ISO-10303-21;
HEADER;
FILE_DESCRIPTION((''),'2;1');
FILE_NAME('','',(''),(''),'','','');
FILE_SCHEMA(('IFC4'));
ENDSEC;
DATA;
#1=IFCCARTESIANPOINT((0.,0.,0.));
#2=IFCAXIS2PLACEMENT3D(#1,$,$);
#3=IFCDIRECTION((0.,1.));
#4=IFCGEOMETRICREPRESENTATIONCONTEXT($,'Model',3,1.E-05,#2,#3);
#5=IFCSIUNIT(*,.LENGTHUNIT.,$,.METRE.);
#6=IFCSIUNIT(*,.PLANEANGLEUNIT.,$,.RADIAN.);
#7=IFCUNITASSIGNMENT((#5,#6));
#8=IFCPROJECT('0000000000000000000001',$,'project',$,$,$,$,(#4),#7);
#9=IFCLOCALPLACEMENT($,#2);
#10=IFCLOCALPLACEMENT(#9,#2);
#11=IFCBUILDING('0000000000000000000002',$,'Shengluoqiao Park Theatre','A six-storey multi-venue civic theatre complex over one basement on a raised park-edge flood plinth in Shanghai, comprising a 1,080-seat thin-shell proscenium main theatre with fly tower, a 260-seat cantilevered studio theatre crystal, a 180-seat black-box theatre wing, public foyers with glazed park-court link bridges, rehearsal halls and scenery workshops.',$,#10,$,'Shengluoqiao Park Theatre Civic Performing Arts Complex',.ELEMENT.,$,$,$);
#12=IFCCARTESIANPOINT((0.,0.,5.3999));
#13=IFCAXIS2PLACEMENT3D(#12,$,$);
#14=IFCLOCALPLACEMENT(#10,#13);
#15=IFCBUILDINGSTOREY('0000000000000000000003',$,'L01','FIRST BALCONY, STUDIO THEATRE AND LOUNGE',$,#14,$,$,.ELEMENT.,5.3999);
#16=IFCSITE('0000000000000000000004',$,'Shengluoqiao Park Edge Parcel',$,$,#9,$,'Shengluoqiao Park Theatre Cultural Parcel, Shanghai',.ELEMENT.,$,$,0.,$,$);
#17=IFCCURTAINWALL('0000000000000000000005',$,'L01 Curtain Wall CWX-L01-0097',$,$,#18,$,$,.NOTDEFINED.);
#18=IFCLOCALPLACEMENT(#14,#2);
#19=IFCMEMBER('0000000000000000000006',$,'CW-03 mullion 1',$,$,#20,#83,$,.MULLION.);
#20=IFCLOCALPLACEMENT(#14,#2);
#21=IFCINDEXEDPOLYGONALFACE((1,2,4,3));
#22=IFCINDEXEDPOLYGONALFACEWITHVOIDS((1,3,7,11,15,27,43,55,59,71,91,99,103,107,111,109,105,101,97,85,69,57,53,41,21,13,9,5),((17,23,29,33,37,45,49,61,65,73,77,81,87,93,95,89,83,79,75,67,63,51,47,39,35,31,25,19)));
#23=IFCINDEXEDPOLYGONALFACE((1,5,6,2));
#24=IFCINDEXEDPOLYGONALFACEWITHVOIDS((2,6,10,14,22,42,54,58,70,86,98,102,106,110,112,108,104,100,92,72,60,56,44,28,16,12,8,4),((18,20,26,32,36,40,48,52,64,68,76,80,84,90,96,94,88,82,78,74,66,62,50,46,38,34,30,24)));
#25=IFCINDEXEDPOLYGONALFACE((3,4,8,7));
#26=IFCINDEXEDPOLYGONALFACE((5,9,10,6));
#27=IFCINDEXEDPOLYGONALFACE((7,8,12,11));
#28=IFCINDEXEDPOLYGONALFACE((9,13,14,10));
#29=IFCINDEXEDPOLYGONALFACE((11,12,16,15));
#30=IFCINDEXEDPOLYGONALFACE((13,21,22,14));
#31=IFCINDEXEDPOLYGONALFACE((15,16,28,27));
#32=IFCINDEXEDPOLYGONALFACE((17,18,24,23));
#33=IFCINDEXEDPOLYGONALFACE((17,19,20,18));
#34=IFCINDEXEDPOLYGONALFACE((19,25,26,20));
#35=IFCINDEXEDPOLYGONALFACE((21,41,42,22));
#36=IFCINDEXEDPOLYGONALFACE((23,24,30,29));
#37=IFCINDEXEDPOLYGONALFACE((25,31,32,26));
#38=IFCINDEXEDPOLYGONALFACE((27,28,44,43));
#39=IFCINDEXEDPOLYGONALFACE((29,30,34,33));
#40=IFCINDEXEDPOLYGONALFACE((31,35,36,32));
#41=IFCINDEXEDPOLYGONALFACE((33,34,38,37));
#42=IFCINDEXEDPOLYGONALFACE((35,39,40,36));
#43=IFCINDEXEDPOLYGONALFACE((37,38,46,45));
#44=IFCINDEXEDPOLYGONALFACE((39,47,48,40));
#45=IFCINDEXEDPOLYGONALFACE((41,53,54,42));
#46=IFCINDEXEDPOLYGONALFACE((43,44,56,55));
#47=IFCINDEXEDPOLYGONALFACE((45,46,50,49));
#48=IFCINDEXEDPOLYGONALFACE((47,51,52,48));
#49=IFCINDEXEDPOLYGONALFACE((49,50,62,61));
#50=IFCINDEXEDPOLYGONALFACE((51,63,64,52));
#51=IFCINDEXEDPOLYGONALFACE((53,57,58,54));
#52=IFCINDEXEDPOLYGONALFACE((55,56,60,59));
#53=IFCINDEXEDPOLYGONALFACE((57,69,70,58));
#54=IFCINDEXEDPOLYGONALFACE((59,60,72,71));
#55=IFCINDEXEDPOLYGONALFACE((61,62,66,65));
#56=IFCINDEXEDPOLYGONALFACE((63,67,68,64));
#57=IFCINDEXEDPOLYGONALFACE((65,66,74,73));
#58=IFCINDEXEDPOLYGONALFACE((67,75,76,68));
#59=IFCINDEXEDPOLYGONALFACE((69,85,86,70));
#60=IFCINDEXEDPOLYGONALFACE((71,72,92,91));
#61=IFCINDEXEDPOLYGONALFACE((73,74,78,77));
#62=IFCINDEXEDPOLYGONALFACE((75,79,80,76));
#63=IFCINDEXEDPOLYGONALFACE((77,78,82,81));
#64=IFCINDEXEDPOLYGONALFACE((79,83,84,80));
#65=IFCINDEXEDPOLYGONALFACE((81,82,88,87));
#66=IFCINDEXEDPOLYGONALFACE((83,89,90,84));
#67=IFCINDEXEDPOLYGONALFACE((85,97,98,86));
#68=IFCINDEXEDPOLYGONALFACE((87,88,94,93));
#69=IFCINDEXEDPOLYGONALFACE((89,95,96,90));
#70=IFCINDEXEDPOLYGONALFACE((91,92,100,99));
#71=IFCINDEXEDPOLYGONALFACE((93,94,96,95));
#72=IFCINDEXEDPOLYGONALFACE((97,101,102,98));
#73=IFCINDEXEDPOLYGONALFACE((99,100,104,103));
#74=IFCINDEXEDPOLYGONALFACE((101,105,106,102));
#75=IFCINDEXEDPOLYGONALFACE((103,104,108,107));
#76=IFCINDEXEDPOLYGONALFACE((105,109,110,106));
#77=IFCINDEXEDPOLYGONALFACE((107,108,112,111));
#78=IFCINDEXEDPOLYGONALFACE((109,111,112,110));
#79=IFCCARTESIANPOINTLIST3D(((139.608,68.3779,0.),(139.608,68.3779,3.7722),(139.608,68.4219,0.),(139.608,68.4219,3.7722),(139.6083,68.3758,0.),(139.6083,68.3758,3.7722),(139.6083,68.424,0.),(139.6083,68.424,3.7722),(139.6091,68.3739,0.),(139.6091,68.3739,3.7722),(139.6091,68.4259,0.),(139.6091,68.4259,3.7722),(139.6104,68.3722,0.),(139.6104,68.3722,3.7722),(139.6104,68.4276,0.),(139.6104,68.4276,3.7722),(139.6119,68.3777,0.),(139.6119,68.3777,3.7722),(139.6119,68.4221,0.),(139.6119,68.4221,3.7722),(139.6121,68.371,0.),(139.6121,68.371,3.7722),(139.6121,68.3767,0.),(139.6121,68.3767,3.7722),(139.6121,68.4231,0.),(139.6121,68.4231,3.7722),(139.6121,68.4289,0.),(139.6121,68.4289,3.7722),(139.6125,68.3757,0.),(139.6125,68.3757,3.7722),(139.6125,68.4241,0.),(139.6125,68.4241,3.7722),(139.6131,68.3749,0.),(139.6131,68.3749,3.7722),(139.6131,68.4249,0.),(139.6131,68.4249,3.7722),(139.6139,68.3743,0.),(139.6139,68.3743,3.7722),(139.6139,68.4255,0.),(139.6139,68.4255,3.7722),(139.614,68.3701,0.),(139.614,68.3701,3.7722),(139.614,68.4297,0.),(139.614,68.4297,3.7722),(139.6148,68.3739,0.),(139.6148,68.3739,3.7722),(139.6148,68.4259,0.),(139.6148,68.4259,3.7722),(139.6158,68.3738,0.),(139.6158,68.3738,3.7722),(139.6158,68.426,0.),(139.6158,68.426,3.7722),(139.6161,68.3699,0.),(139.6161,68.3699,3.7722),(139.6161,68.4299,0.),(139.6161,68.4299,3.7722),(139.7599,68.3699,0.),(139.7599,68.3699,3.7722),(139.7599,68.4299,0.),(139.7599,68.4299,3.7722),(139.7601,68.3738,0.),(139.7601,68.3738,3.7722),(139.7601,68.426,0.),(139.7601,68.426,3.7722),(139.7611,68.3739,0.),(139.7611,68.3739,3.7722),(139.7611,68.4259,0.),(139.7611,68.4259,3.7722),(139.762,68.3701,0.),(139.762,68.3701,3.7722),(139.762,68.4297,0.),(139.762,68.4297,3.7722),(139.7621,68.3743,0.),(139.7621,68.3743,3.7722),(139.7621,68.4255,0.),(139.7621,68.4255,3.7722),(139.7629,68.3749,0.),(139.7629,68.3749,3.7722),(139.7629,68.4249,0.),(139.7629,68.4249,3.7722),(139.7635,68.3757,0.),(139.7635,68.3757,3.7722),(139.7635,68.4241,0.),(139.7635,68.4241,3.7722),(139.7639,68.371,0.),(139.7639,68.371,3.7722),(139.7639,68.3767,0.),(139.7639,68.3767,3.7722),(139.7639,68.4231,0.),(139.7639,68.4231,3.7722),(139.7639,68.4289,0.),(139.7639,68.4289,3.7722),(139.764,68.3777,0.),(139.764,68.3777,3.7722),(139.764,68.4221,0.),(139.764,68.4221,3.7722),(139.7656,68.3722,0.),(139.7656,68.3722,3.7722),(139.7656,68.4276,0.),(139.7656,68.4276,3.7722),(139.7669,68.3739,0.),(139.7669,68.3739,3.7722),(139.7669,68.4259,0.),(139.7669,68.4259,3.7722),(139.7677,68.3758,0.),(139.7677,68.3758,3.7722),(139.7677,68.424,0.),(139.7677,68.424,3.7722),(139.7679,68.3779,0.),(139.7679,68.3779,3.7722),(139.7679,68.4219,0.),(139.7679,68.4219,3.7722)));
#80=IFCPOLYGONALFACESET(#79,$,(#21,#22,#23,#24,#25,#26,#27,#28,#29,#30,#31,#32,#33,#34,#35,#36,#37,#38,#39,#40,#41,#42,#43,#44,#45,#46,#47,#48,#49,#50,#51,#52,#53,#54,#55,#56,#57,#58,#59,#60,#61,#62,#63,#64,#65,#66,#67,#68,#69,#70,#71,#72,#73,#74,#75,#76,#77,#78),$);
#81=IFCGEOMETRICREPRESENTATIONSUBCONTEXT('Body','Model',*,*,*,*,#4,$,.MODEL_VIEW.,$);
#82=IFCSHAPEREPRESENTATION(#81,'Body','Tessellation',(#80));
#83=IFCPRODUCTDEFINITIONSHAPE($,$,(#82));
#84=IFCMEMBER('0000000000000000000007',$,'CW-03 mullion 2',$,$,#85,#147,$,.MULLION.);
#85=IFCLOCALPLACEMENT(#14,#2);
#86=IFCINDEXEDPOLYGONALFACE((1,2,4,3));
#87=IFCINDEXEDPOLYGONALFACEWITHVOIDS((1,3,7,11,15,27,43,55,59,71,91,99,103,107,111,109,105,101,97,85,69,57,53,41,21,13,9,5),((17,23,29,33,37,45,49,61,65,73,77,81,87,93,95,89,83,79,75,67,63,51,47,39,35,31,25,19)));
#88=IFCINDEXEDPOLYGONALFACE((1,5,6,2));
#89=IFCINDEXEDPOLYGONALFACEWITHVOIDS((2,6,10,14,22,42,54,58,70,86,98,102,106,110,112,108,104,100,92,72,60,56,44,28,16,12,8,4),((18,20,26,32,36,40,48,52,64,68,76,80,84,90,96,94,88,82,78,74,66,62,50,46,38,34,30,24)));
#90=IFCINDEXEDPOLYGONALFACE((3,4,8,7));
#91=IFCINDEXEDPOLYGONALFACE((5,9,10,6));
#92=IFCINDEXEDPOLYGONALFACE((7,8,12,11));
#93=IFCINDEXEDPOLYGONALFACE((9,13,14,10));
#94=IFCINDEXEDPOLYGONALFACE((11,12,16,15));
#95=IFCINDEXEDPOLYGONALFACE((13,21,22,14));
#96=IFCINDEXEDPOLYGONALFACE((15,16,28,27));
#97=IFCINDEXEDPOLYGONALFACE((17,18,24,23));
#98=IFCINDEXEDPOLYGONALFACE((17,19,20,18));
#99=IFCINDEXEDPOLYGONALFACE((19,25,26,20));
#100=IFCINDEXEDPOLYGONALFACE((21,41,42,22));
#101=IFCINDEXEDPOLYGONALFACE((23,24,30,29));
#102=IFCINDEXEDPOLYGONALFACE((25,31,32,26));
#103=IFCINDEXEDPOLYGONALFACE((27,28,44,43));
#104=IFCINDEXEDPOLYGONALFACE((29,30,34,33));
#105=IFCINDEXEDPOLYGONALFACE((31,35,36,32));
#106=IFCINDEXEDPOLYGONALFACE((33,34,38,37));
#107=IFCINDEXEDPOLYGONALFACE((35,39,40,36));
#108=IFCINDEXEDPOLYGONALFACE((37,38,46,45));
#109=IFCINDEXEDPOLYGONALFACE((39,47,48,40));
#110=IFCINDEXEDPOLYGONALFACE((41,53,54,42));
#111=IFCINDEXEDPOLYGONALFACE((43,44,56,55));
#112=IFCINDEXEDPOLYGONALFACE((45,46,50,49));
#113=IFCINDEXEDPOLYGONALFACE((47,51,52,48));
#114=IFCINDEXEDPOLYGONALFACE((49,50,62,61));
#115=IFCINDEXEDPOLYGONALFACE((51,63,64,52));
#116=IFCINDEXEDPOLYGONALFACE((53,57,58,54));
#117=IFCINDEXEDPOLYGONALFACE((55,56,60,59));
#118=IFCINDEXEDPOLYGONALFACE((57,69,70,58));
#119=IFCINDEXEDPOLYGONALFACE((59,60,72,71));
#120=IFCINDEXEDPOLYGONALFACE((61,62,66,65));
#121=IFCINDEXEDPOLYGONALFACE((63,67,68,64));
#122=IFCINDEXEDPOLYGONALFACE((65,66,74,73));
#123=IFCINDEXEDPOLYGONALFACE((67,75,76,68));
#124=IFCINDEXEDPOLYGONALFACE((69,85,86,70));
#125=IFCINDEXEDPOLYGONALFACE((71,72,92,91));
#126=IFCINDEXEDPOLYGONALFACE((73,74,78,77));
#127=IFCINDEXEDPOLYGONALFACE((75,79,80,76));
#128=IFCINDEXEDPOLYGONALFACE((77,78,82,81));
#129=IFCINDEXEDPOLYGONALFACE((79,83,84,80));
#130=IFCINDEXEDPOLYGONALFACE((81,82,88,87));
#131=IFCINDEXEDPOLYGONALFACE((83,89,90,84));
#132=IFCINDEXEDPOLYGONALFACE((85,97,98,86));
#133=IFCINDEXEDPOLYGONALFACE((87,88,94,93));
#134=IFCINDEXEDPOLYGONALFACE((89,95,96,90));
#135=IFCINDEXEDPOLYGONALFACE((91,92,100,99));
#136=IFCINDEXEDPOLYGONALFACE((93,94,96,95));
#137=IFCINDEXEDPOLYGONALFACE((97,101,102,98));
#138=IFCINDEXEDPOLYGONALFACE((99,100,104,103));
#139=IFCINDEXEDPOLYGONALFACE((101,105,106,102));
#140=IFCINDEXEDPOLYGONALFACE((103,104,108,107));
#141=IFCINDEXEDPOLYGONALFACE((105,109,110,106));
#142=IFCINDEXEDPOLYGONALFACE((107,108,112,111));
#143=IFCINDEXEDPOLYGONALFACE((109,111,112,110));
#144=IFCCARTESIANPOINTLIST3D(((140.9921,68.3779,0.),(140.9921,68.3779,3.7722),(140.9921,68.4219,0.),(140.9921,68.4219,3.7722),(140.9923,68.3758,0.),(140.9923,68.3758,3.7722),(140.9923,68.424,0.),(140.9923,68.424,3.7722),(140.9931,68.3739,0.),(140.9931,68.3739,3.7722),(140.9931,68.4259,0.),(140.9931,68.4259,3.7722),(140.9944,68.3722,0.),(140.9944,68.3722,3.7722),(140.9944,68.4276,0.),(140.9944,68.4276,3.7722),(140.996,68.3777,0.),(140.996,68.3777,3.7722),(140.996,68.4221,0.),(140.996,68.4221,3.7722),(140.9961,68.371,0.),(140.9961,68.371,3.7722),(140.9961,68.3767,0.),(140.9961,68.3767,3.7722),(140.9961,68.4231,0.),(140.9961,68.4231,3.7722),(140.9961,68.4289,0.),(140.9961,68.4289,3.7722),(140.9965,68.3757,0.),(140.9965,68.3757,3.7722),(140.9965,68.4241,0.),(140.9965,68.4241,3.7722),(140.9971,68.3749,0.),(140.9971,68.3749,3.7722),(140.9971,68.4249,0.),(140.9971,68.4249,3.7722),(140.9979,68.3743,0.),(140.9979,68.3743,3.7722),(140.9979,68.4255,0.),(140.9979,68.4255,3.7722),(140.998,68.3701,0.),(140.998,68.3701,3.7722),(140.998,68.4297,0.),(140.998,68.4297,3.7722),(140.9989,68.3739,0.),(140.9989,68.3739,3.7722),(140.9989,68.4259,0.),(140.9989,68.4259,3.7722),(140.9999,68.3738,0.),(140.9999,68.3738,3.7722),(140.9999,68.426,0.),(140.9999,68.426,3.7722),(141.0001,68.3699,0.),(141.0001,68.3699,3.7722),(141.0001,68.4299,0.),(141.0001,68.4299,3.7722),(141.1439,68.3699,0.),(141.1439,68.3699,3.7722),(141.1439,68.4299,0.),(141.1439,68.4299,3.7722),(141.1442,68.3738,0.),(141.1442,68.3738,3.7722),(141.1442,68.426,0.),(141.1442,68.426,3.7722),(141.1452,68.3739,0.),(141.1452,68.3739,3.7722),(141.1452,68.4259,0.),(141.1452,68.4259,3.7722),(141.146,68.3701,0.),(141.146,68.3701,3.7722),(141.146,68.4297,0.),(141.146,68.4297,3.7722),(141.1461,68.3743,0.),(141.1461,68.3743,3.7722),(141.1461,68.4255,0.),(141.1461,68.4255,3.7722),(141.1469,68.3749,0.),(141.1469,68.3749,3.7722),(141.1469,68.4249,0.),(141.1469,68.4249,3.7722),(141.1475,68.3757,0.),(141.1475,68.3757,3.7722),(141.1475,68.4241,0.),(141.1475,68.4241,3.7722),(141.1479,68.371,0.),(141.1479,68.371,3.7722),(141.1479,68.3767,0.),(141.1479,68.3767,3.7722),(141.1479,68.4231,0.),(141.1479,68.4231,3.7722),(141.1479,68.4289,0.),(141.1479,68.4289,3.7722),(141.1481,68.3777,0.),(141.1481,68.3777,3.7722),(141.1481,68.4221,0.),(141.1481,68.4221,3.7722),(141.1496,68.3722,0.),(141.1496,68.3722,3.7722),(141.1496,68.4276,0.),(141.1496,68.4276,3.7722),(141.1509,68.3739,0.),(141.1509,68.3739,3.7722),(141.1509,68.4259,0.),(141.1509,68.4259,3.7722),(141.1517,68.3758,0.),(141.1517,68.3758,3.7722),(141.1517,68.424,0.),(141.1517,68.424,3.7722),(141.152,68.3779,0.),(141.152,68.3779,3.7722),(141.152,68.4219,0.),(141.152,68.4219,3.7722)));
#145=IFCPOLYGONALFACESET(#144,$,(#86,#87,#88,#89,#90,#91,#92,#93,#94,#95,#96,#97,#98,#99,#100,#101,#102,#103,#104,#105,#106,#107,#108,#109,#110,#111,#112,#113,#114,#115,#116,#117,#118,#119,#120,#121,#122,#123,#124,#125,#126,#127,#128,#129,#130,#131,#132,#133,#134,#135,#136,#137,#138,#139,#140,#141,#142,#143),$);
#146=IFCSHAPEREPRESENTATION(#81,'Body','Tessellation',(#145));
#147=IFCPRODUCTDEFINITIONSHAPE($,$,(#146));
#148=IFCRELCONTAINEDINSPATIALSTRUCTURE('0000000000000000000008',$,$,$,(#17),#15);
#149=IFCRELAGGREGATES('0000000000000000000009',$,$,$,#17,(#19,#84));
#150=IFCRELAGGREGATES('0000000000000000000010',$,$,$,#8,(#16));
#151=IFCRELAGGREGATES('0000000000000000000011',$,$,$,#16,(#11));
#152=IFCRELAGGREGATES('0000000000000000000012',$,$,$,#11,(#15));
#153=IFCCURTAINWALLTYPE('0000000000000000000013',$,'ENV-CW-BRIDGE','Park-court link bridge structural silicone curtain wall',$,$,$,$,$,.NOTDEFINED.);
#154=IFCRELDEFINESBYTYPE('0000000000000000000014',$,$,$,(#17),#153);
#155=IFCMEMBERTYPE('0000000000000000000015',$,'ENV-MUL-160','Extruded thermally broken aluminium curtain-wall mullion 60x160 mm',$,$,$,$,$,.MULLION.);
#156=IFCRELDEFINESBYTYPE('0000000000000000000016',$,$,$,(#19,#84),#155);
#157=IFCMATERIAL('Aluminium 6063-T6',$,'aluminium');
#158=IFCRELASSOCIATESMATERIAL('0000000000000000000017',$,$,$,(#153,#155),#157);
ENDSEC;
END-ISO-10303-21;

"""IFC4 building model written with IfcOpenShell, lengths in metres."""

from ifc_helpers import new_model, si_unit, direction, frame, origin, origin_2d, place, context, subcontext, project, spatial, hollow_rectangle, extrude, material, material_profile, profile_set, type_object, element, aggregate, save


model = new_model("IFC4")

# Units and contexts
model_context = context("Model", 3, precision=1e-05, world=origin(), true_north=direction((0.0, 1.0)))
body_context = subcontext(model_context, "Body", "Model", "MODEL_VIEW")
ifc_project = project(units=[si_unit("LENGTHUNIT", "METRE"), si_unit("PLANEANGLEUNIT", "RADIAN")], contexts=[model_context])

# Site, building, storey
site_placement = place(None, origin())
site = spatial("IfcSite", under=ifc_project, at=site_placement, Name="Shengluoqiao Park Edge Parcel", LongName="Shengluoqiao Park Theatre Cultural Parcel, Shanghai", CompositionType="ELEMENT", RefElevation=0.0)
building_placement = place(site_placement, origin())
building = spatial("IfcBuilding", under=site, at=building_placement, Name="Shengluoqiao Park Theatre", Description="A six-storey multi-venue civic theatre complex over one basement on a raised park-edge flood plinth in Shanghai, comprising a 1,080-seat thin-shell proscenium main theatre with fly tower, a 260-seat cantilevered studio theatre crystal, a 180-seat black-box theatre wing, public foyers with glazed park-court link bridges, rehearsal halls and scenery workshops.", LongName="Shengluoqiao Park Theatre Civic Performing Arts Complex", CompositionType="ELEMENT")
storey_placement = place(building_placement, frame((0.0, 0.0, 5.3999)))
storey = spatial("IfcBuildingStorey", under=building, at=storey_placement, Name="L01", Description="FIRST BALCONY, STUDIO THEATRE AND LOUNGE", CompositionType="ELEMENT", Elevation=5.3999)

# Curtain wall, members
ifc_material_1 = material(Name="Aluminium 6063-T6", Category="aluminium")
curtain_wall_type = type_object("IfcCurtainWallType", Name="ENV-CW-BRIDGE", Description="Park-court link bridge structural silicone curtain wall", PredefinedType="NOTDEFINED", material=ifc_material_1)
curtain_wall_placement = place(storey_placement, origin())
curtain_wall = element("IfcCurtainWall", 1, at=curtain_wall_placement, inside=storey, type_object=curtain_wall_type, Name="L01 Curtain Wall CWX-L01-0097", PredefinedType="NOTDEFINED")
ifc_material_profile_1 = material_profile(ifc_material_1, hollow_rectangle(XDim=0.0601, YDim=0.1599, WallThickness=0.0039, InnerFilletRadius=0.0039, OuterFilletRadius=0.0081, at=origin_2d()), Name="ALU MULLION 160x60x4")
ifc_profile_set_1 = profile_set([ifc_material_profile_1], Name="Aluminium 6063-T6")
member_type_1 = type_object("IfcMemberType", Name="ENV-MUL-160", Description="Extruded thermally broken aluminium curtain-wall mullion 60x160 mm", PredefinedType="MULLION", material=ifc_profile_set_1)
member_1_placement = place(storey_placement, frame((139.688, 68.3999, 0.0), z_axis=(0.0, 0.0, 1.0), x_axis=(0.0, 1.0, 0.0)))
member_1 = element("IfcMember", 2, at=member_1_placement, type_object=member_type_1, Name="CW-03 mullion 1", PredefinedType="MULLION", context=body_context, shape_type="SweptSolid", body=[
    extrude(hollow_rectangle(XDim=0.0601, YDim=0.1599, WallThickness=0.0039, InnerFilletRadius=0.0039, OuterFilletRadius=0.0081, at=origin_2d()), origin(), (0.0, 0.0, 1.0), 3.7722),
])
member_2_placement = place(storey_placement, frame((141.072, 68.3999, 0.0), z_axis=(0.0, 0.0, 1.0), x_axis=(0.0, 1.0, 0.0)))
member_2 = element("IfcMember", 3, at=member_2_placement, type_object=member_type_1, Name="CW-03 mullion 2", PredefinedType="MULLION", context=body_context, shape_type="SweptSolid", body=[
    extrude(hollow_rectangle(XDim=0.0601, YDim=0.1599, WallThickness=0.0039, InnerFilletRadius=0.0039, OuterFilletRadius=0.0081, at=origin_2d()), origin(), (0.0, 0.0, 1.0), 3.7722),
])
aggregate(curtain_wall, [member_1, member_2])

save(model, "model.ifc")
